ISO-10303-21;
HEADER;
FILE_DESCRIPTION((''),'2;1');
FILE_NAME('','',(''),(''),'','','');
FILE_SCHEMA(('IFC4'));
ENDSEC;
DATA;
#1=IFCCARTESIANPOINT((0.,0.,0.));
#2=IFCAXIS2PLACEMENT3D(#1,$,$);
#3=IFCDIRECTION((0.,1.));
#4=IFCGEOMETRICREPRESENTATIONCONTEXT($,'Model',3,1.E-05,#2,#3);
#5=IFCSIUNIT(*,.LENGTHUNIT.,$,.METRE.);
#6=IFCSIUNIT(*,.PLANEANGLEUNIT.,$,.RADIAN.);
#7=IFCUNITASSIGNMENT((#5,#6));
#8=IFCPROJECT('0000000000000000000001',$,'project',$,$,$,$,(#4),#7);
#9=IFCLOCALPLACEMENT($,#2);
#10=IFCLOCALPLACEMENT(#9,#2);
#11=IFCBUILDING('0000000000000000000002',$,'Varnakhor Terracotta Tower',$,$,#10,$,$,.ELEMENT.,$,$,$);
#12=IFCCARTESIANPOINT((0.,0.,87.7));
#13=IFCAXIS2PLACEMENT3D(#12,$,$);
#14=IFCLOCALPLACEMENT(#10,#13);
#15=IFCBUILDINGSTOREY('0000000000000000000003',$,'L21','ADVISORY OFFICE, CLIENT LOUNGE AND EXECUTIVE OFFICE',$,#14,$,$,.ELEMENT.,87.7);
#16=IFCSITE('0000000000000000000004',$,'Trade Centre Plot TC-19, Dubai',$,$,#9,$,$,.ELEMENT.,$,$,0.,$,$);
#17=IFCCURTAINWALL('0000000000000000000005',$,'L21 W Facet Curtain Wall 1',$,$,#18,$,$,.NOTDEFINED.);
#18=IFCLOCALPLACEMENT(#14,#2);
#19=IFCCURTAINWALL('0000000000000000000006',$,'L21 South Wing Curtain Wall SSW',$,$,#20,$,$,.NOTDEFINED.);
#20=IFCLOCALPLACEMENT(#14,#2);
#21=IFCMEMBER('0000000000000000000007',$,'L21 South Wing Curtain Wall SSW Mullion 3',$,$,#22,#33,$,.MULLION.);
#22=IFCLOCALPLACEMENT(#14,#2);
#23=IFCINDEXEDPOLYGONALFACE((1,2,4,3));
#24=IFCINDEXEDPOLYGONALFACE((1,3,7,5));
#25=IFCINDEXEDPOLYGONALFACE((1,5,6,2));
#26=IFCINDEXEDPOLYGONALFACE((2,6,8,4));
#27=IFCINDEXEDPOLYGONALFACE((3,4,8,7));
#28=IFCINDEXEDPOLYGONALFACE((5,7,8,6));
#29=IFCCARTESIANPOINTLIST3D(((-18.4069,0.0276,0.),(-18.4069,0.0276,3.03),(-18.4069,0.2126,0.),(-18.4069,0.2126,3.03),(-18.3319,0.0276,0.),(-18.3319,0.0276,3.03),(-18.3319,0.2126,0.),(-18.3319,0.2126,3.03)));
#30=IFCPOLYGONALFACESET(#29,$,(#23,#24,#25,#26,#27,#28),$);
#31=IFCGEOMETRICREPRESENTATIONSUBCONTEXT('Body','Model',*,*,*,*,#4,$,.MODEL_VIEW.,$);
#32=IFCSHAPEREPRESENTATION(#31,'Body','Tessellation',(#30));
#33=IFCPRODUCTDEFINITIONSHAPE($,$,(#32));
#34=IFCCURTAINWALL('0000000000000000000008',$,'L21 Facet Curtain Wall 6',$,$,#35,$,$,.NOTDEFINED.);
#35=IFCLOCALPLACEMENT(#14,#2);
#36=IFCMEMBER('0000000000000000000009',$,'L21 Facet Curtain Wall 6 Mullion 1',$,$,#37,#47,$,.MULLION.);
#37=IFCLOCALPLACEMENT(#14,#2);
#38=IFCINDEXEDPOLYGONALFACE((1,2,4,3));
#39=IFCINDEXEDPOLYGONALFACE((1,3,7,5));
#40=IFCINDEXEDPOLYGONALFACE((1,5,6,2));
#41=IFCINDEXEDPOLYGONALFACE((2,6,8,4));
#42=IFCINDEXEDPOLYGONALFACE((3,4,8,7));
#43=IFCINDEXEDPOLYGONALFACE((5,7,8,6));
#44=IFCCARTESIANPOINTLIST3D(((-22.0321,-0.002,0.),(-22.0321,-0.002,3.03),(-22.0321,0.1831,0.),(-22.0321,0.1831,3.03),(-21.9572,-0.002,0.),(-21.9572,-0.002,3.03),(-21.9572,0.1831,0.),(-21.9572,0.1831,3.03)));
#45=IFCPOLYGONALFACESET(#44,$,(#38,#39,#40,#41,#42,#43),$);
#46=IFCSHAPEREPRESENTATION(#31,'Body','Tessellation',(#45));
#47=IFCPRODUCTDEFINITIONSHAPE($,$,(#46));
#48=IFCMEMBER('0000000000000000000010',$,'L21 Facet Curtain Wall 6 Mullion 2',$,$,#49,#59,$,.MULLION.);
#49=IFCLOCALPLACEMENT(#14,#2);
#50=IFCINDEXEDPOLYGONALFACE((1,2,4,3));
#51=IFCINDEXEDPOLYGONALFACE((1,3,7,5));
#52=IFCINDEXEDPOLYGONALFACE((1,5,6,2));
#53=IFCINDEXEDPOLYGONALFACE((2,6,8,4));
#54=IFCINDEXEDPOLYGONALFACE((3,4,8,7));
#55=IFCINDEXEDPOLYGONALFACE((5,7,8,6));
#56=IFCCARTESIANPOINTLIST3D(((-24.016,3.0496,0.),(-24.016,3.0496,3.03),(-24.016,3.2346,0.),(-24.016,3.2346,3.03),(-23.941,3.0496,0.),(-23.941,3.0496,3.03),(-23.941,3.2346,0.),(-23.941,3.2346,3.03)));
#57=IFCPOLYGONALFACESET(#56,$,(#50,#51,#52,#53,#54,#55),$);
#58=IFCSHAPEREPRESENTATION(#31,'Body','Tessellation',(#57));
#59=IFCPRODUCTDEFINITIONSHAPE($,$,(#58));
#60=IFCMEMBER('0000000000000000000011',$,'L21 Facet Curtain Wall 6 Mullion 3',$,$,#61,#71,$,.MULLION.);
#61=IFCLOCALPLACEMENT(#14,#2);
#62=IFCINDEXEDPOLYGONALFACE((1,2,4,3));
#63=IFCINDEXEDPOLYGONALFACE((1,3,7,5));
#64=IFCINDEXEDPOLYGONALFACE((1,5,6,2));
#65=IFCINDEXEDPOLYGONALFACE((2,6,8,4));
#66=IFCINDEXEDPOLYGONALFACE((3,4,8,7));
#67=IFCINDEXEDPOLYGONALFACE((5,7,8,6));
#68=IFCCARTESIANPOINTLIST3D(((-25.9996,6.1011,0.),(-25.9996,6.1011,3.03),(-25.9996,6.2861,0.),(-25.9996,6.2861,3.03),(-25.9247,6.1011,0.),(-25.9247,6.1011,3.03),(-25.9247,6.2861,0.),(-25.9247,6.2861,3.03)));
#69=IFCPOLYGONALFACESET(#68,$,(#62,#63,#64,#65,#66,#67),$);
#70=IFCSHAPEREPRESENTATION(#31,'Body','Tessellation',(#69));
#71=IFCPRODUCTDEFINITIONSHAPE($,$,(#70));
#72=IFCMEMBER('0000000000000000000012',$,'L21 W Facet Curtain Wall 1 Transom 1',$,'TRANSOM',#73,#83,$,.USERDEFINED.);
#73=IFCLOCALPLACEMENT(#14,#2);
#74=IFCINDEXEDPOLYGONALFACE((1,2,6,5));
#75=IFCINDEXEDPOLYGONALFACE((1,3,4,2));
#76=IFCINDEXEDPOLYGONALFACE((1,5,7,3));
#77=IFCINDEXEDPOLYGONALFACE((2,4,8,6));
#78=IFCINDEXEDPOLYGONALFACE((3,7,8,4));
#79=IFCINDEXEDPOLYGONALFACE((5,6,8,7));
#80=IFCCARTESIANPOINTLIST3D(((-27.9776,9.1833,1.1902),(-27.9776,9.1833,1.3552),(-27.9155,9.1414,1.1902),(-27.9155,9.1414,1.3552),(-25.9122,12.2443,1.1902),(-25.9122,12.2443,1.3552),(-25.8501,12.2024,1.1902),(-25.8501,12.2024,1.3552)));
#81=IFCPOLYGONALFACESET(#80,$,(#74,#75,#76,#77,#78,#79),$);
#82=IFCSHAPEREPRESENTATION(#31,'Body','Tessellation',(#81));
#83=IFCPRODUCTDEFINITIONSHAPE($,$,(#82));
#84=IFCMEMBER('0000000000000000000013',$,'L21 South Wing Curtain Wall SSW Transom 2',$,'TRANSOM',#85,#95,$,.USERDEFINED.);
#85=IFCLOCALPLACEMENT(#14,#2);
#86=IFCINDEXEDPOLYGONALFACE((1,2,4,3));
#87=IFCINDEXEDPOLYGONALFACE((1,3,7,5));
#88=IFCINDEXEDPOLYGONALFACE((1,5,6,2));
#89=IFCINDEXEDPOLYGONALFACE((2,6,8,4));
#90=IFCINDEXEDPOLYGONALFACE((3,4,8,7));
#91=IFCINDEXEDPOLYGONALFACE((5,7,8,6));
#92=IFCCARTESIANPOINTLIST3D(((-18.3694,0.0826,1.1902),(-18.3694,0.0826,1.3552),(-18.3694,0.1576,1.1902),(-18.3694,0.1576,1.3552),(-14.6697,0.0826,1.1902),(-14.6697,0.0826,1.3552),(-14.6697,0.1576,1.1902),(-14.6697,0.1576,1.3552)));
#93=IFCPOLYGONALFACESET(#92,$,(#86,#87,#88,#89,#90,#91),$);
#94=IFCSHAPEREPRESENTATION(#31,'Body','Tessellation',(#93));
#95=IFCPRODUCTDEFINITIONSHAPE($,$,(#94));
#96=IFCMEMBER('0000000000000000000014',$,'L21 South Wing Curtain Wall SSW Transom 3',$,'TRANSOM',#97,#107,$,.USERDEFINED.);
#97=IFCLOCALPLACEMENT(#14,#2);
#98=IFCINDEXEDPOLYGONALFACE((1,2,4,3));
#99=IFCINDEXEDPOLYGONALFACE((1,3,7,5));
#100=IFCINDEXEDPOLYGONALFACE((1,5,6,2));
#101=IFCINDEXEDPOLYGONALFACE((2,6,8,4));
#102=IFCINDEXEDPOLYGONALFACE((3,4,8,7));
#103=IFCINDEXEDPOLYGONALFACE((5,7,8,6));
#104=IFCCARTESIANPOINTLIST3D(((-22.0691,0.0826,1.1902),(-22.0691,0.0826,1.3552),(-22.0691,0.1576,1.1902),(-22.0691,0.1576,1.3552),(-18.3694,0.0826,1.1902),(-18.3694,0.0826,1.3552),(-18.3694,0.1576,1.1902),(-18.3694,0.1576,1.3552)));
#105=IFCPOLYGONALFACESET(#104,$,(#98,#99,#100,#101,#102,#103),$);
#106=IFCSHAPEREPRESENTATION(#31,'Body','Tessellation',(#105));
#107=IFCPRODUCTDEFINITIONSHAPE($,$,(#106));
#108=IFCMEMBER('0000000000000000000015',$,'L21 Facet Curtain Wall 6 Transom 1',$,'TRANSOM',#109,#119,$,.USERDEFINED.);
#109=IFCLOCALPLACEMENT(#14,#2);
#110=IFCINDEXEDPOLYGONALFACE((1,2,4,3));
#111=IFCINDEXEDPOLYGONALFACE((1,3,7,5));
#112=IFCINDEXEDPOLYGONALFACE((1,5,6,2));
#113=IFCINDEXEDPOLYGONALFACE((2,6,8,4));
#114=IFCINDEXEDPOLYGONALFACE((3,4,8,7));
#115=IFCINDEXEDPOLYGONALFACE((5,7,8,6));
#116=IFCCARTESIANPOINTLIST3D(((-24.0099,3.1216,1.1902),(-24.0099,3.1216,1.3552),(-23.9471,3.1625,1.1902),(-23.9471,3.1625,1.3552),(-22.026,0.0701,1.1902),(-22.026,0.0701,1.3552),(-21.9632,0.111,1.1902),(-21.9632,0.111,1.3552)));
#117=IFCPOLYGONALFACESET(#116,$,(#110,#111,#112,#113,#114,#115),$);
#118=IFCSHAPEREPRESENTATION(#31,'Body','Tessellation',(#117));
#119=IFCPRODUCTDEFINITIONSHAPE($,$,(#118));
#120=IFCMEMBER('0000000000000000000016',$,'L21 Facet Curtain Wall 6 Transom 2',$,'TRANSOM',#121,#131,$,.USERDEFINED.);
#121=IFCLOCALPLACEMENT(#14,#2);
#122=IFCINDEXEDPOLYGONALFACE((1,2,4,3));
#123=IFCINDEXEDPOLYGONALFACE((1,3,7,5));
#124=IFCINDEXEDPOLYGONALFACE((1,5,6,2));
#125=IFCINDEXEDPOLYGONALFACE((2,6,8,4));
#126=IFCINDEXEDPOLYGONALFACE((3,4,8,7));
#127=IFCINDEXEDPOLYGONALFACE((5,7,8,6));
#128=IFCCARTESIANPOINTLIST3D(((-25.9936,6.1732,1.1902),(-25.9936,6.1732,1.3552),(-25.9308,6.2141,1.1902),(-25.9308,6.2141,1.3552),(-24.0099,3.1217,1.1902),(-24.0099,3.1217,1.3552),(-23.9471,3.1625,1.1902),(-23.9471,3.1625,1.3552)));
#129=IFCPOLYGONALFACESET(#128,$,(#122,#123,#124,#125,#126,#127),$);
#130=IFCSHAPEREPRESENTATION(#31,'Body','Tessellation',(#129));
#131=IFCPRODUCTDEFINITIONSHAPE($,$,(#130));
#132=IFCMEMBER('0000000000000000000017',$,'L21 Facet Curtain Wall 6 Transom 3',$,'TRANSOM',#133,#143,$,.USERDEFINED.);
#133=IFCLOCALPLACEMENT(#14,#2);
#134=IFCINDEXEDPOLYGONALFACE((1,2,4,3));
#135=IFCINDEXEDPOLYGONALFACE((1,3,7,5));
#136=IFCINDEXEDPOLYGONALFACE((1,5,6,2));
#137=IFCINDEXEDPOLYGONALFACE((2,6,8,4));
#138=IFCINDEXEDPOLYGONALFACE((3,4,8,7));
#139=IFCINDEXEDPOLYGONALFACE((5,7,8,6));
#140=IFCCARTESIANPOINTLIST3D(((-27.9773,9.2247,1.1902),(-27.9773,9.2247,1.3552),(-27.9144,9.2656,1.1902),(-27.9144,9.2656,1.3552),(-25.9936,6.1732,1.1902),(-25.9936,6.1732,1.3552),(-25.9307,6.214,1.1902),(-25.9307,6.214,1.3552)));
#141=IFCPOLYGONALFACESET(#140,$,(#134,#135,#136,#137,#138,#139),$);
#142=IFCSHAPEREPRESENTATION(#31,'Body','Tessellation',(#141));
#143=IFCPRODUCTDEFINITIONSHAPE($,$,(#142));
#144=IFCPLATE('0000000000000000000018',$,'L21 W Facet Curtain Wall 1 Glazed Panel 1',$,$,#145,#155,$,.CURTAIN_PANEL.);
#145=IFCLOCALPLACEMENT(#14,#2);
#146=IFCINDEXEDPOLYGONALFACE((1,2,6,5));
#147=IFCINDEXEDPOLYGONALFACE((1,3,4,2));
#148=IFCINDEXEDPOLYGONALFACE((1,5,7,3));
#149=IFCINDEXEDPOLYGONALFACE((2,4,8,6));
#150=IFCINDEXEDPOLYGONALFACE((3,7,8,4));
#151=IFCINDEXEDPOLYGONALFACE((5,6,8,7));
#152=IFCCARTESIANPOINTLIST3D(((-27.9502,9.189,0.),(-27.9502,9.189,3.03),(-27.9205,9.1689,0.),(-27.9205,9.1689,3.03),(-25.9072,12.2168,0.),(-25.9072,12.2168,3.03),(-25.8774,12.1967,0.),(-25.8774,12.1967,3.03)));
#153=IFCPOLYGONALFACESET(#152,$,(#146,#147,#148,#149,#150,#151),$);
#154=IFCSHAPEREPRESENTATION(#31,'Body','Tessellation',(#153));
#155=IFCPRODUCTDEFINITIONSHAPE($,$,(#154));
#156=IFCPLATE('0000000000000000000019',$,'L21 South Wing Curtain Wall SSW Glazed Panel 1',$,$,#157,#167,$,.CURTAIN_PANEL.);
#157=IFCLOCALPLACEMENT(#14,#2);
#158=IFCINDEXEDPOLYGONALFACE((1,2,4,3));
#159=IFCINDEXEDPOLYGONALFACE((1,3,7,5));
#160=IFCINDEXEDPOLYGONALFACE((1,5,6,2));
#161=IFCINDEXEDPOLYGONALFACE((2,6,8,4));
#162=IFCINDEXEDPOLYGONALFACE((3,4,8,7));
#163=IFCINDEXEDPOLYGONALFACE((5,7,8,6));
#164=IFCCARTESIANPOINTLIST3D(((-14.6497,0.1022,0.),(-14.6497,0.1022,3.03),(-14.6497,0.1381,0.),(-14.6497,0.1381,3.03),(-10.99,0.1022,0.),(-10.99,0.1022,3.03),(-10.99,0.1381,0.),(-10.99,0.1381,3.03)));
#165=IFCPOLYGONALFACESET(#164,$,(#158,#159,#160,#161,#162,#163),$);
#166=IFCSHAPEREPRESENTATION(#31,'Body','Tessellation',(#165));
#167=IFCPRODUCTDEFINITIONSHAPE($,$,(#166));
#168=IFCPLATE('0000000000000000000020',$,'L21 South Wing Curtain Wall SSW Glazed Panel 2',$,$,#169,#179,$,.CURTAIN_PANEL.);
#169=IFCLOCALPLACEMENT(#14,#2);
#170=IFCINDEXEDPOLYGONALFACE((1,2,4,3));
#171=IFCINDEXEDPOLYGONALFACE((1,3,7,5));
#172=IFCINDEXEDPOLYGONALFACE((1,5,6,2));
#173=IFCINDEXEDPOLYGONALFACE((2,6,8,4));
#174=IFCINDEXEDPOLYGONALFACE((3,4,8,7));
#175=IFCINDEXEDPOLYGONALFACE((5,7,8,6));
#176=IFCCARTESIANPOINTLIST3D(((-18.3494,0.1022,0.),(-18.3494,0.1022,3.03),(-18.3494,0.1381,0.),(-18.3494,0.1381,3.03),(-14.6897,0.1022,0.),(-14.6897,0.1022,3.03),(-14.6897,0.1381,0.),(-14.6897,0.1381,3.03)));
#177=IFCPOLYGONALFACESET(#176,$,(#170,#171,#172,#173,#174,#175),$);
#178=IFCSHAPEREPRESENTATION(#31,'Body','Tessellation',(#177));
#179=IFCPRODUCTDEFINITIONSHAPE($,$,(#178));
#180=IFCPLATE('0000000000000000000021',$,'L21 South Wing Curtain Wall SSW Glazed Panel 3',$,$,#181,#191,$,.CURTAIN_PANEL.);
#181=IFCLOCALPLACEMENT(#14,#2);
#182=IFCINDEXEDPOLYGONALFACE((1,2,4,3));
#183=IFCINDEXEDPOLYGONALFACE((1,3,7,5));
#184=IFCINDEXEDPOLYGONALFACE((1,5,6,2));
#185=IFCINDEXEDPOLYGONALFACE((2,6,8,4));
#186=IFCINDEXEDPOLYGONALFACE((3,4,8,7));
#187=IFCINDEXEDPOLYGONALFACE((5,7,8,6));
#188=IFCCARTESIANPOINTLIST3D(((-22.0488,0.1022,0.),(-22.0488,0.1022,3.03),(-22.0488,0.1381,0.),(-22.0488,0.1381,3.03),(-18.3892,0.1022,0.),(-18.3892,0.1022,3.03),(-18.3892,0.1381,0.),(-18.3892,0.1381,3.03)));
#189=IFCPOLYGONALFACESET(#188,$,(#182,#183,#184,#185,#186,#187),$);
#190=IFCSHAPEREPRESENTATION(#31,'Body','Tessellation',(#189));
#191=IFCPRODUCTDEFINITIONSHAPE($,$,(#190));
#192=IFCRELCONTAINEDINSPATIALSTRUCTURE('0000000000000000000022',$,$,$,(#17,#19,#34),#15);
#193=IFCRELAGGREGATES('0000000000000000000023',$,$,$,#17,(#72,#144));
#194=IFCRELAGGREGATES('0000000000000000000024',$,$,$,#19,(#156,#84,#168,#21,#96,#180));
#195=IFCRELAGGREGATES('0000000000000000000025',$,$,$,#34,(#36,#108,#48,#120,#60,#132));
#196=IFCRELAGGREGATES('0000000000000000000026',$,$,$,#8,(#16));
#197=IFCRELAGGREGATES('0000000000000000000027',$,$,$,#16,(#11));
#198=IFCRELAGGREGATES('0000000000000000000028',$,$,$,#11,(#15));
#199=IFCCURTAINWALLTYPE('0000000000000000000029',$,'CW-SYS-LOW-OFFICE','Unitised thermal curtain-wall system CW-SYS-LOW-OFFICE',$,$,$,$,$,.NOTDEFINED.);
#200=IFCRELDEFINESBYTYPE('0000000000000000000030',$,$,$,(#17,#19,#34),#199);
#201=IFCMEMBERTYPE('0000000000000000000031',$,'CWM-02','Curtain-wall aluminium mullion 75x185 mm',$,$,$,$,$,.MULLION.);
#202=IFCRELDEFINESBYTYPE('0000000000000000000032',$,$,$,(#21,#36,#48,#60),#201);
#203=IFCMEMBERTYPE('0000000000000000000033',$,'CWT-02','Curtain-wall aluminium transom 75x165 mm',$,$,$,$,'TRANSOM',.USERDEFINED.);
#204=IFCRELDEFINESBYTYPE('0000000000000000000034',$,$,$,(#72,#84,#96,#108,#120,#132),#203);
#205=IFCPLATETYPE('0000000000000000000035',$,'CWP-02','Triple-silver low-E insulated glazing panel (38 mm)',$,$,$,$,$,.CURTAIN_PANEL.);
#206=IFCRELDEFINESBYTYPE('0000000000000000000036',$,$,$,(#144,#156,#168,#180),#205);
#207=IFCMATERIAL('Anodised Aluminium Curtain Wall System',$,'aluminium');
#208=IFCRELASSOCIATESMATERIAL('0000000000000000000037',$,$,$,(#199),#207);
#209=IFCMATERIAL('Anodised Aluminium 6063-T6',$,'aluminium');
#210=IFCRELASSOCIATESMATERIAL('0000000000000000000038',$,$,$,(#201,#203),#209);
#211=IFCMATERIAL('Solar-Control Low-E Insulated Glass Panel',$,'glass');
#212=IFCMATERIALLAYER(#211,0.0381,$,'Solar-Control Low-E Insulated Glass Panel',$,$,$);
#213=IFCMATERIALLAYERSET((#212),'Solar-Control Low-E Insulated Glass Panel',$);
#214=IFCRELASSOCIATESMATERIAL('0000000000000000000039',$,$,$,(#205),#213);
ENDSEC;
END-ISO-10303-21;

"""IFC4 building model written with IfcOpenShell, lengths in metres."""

from ifc_helpers import new_model, si_unit, direction, frame, origin, origin_2d, place, context, subcontext, project, spatial, rectangle, extrude, source, transform, mapped, material, layer, layer_set, material_profile, profile_set, type_object, type_shapes, element, aggregate, save


model = new_model("IFC4")

# Units and contexts
model_context = context("Model", 3, precision=1e-05, world=origin(), true_north=direction((0.0, 1.0)))
body_context = subcontext(model_context, "Body", "Model", "MODEL_VIEW")
ifc_project = project(units=[si_unit("LENGTHUNIT", "METRE"), si_unit("PLANEANGLEUNIT", "RADIAN")], contexts=[model_context])

# Site, building, storey
site_placement = place(None, origin())
site = spatial("IfcSite", under=ifc_project, at=site_placement, Name="Trade Centre Plot TC-19, Dubai", CompositionType="ELEMENT", RefElevation=0.0)
building_placement = place(site_placement, origin())
building = spatial("IfcBuilding", under=site, at=building_placement, Name="Varnakhor Terracotta Tower", CompositionType="ELEMENT")
storey_placement = place(building_placement, frame((0.0, 0.0, 87.7)))
storey = spatial("IfcBuildingStorey", under=building, at=storey_placement, Name="L21", Description="ADVISORY OFFICE, CLIENT LOUNGE AND EXECUTIVE OFFICE", CompositionType="ELEMENT", Elevation=87.7)

# Curtain wall
ifc_material_1 = material(Name="Anodised Aluminium Curtain Wall System", Category="aluminium")
curtain_wall_type = type_object("IfcCurtainWallType", Name="CW-SYS-LOW-OFFICE", Description="Unitised thermal curtain-wall system CW-SYS-LOW-OFFICE", PredefinedType="NOTDEFINED", material=ifc_material_1)
curtain_wall_1_placement = place(storey_placement, origin())
curtain_wall_1 = element("IfcCurtainWall", 1, at=curtain_wall_1_placement, inside=storey, type_object=curtain_wall_type, Name="L21 W Facet Curtain Wall 1", PredefinedType="NOTDEFINED")
ifc_material_2 = material(Name="Anodised Aluminium 6063-T6", Category="aluminium")
ifc_material_profile_1 = material_profile(ifc_material_2, rectangle(XDim=0.075, YDim=0.1851, at=origin_2d()), Name="ALU MULLION 75x185")
ifc_profile_set_1 = profile_set([ifc_material_profile_1], Name="Anodised Aluminium 6063-T6")
member_type_1 = type_object("IfcMemberType", Name="CWM-02", Description="Curtain-wall aluminium mullion 75x185 mm", PredefinedType="MULLION", material=ifc_profile_set_1)
shared_shape_1 = source(origin(), body_context, "Body", "SweptSolid", [
    extrude(rectangle(XDim=0.075, YDim=0.1851, at=origin_2d()), origin(), (0.0, 0.0, 1.0), 3.03),
])
type_shapes(member_type_1, [shared_shape_1])

# Curtain walls, members
curtain_wall_2_placement = place(storey_placement, origin())
curtain_wall_2 = element("IfcCurtainWall", 2, at=curtain_wall_2_placement, inside=storey, type_object=curtain_wall_type, Name="L21 South Wing Curtain Wall SSW", PredefinedType="NOTDEFINED")
member_1_placement = place(storey_placement, frame((-18.3694, 0.1201, 0.0), z_axis=(0.0, 0.0, 1.0), x_axis=(1.0, 0.0, 0.0)))
member_1 = element("IfcMember", 3, at=member_1_placement, type_object=member_type_1, Name="L21 South Wing Curtain Wall SSW Mullion 3", PredefinedType="MULLION", context=body_context, shape_type="MappedRepresentation", body=[
    mapped(shared_shape_1, transform((0.0, 0.0, 0.0), scale=1.0)),
])
curtain_wall_3_placement = place(storey_placement, origin())
curtain_wall_3 = element("IfcCurtainWall", 4, at=curtain_wall_3_placement, inside=storey, type_object=curtain_wall_type, Name="L21 Facet Curtain Wall 6", PredefinedType="NOTDEFINED")
member_2_placement = place(storey_placement, frame((-21.9946, 0.0906, 0.0), z_axis=(0.0, 0.0, 1.0), x_axis=(1.0, 0.0, 0.0)))
member_2 = element("IfcMember", 5, at=member_2_placement, type_object=member_type_1, Name="L21 Facet Curtain Wall 6 Mullion 1", PredefinedType="MULLION", context=body_context, shape_type="MappedRepresentation", body=[
    mapped(shared_shape_1, transform((0.0, 0.0, 0.0), scale=1.0)),
])
member_3_placement = place(storey_placement, frame((-23.9785, 3.1421, 0.0), z_axis=(0.0, 0.0, 1.0), x_axis=(1.0, 0.0, 0.0)))
member_3 = element("IfcMember", 6, at=member_3_placement, type_object=member_type_1, Name="L21 Facet Curtain Wall 6 Mullion 2", PredefinedType="MULLION", context=body_context, shape_type="MappedRepresentation", body=[
    mapped(shared_shape_1, transform((0.0, 0.0, 0.0), scale=1.0)),
])
member_4_placement = place(storey_placement, frame((-25.9622, 6.1936, 0.0), z_axis=(0.0, 0.0, 1.0), x_axis=(1.0, 0.0, 0.0)))
member_4 = element("IfcMember", 7, at=member_4_placement, type_object=member_type_1, Name="L21 Facet Curtain Wall 6 Mullion 3", PredefinedType="MULLION", context=body_context, shape_type="MappedRepresentation", body=[
    mapped(shared_shape_1, transform((0.0, 0.0, 0.0), scale=1.0)),
])

# Members
ifc_material_profile_2 = material_profile(ifc_material_2, rectangle(XDim=0.075, YDim=0.165, at=origin_2d()), Name="ALU TRANSOM 75x165")
ifc_profile_set_2 = profile_set([ifc_material_profile_2], Name="Anodised Aluminium 6063-T6")
member_type_2 = type_object("IfcMemberType", Name="CWT-02", Description="Curtain-wall aluminium transom 75x165 mm", ElementType="TRANSOM", PredefinedType="USERDEFINED", material=ifc_profile_set_2)
shared_shape_2 = source(origin(), body_context, "Body", "SweptSolid", [
    extrude(rectangle(XDim=0.075, YDim=0.165, at=origin_2d()), origin(), (0.0, 0.0, 1.0), 3.6926),
])
member_5_placement = place(storey_placement, frame((-27.9465, 9.1624, 1.2727), z_axis=(0.55933, 0.828945, 0.0), x_axis=(-0.828945, 0.55933, 0.0)))
member_5 = element("IfcMember", 8, at=member_5_placement, type_object=member_type_2, Name="L21 W Facet Curtain Wall 1 Transom 1", ObjectType="TRANSOM", PredefinedType="USERDEFINED", context=body_context, shape_type="MappedRepresentation", body=[
    mapped(shared_shape_2, transform((0.0, 0.0, 0.0), scale=1.0)),
])
shared_shape_3 = source(origin(), body_context, "Body", "SweptSolid", [
    extrude(rectangle(XDim=0.075, YDim=0.165, at=origin_2d()), origin(), (0.0, 0.0, 1.0), 3.6997),
])
member_6_placement = place(storey_placement, frame((-14.6697, 0.1201, 1.2727), z_axis=(-1.0, 0.0, 0.0), x_axis=(0.0, -1.0, 0.0)))
member_6 = element("IfcMember", 9, at=member_6_placement, type_object=member_type_2, Name="L21 South Wing Curtain Wall SSW Transom 2", ObjectType="TRANSOM", PredefinedType="USERDEFINED", context=body_context, shape_type="MappedRepresentation", body=[
    mapped(shared_shape_3, transform((0.0, 0.0, 0.0), scale=1.0)),
])
member_7_placement = place(storey_placement, frame((-18.3694, 0.1201, 1.2727), z_axis=(-1.0, 0.0, 0.0), x_axis=(0.0, -1.0, 0.0)))
member_7 = element("IfcMember", 10, at=member_7_placement, type_object=member_type_2, Name="L21 South Wing Curtain Wall SSW Transom 3", ObjectType="TRANSOM", PredefinedType="USERDEFINED", context=body_context, shape_type="MappedRepresentation", body=[
    mapped(shared_shape_3, transform((0.0, 0.0, 0.0), scale=1.0)),
])
shared_shape_4 = source(origin(), body_context, "Body", "SweptSolid", [
    extrude(rectangle(XDim=0.075, YDim=0.165, at=origin_2d()), origin(), (0.0, 0.0, 1.0), 3.6396),
])
member_8_placement = place(storey_placement, frame((-21.9946, 0.0906, 1.2727), z_axis=(-0.545066, 0.838393, 0.0), x_axis=(-0.838393, -0.545066, 0.0)))
member_8 = element("IfcMember", 11, at=member_8_placement, type_object=member_type_2, Name="L21 Facet Curtain Wall 6 Transom 1", ObjectType="TRANSOM", PredefinedType="USERDEFINED", context=body_context, shape_type="MappedRepresentation", body=[
    mapped(shared_shape_4, transform((0.0, 0.0, 0.0), scale=1.0)),
])
member_9_placement = place(storey_placement, frame((-23.9785, 3.1421, 1.2727), z_axis=(-0.545019, 0.838424, 0.0), x_axis=(-0.838424, -0.545019, 0.0)))
member_9 = element("IfcMember", 12, at=member_9_placement, type_object=member_type_2, Name="L21 Facet Curtain Wall 6 Transom 2", ObjectType="TRANSOM", PredefinedType="USERDEFINED", context=body_context, shape_type="MappedRepresentation", body=[
    mapped(shared_shape_4, transform((0.0, 0.0, 0.0), scale=1.0)),
])
member_10_placement = place(storey_placement, frame((-25.9622, 6.1936, 1.2727), z_axis=(-0.545019, 0.838424, 0.0), x_axis=(-0.838424, -0.545019, 0.0)))
member_10 = element("IfcMember", 13, at=member_10_placement, type_object=member_type_2, Name="L21 Facet Curtain Wall 6 Transom 3", ObjectType="TRANSOM", PredefinedType="USERDEFINED", context=body_context, shape_type="MappedRepresentation", body=[
    mapped(shared_shape_4, transform((0.0, 0.0, 0.0), scale=1.0)),
])

# Plates
ifc_material_3 = material(Name="Solar-Control Low-E Insulated Glass Panel", Category="glass")
ifc_layer_1 = layer(ifc_material_3, 0.0381, Name="Solar-Control Low-E Insulated Glass Panel")
ifc_layer_set_1 = layer_set([ifc_layer_1], Name="Solar-Control Low-E Insulated Glass Panel")
plate_type = type_object("IfcPlateType", Name="CWP-02", Description="Triple-silver low-E insulated glazing panel (38 mm)", PredefinedType="CURTAIN_PANEL", material=ifc_layer_set_1)
shared_shape_5 = source(origin(), body_context, "Body", "SweptSolid", [
    extrude(rectangle(XDim=3.6526, YDim=0.0359, at=origin_2d()), origin(), (0.0, 0.0, 1.0), 3.03),
])
plate_1_placement = place(storey_placement, frame((-26.9138, 10.6929, 0.0), z_axis=(0.0, 0.0, 1.0), x_axis=(0.559338, 0.82894, 0.0)))
plate_1 = element("IfcPlate", 14, at=plate_1_placement, type_object=plate_type, Name="L21 W Facet Curtain Wall 1 Glazed Panel 1", PredefinedType="CURTAIN_PANEL", context=body_context, shape_type="MappedRepresentation", body=[
    mapped(shared_shape_5, transform((0.0, 0.0, 0.0), scale=1.0)),
])
aggregate(curtain_wall_1, [member_5, plate_1])
shared_shape_6 = source(origin(), body_context, "Body", "SweptSolid", [
    extrude(rectangle(XDim=3.6597, YDim=0.0359, at=origin_2d()), origin(), (0.0, 0.0, 1.0), 3.03),
])
plate_2_placement = place(storey_placement, frame((-12.8198, 0.1201, 0.0), z_axis=(0.0, 0.0, 1.0), x_axis=(-1.0, 0.0, 0.0)))
plate_2 = element("IfcPlate", 15, at=plate_2_placement, type_object=plate_type, Name="L21 South Wing Curtain Wall SSW Glazed Panel 1", PredefinedType="CURTAIN_PANEL", context=body_context, shape_type="MappedRepresentation", body=[
    mapped(shared_shape_6, transform((0.0, 0.0, 0.0), scale=1.0)),
])
plate_3_placement = place(storey_placement, frame((-16.5195, 0.1201, 0.0), z_axis=(0.0, 0.0, 1.0), x_axis=(-1.0, 0.0, 0.0)))
plate_3 = element("IfcPlate", 16, at=plate_3_placement, type_object=plate_type, Name="L21 South Wing Curtain Wall SSW Glazed Panel 2", PredefinedType="CURTAIN_PANEL", context=body_context, shape_type="MappedRepresentation", body=[
    mapped(shared_shape_6, transform((0.0, 0.0, 0.0), scale=1.0)),
])
plate_4_placement = place(storey_placement, frame((-20.219, 0.1201, 0.0), z_axis=(0.0, 0.0, 1.0), x_axis=(-1.0, 0.0, 0.0)))
plate_4 = element("IfcPlate", 17, at=plate_4_placement, type_object=plate_type, Name="L21 South Wing Curtain Wall SSW Glazed Panel 3", PredefinedType="CURTAIN_PANEL", context=body_context, shape_type="MappedRepresentation", body=[
    mapped(shared_shape_6, transform((0.0, 0.0, 0.0), scale=1.0)),
])
aggregate(curtain_wall_2, [plate_2, member_6, plate_3, member_1, member_7, plate_4])
aggregate(curtain_wall_3, [member_2, member_8, member_3, member_9, member_4, member_10])

save(model, "model.ifc")
